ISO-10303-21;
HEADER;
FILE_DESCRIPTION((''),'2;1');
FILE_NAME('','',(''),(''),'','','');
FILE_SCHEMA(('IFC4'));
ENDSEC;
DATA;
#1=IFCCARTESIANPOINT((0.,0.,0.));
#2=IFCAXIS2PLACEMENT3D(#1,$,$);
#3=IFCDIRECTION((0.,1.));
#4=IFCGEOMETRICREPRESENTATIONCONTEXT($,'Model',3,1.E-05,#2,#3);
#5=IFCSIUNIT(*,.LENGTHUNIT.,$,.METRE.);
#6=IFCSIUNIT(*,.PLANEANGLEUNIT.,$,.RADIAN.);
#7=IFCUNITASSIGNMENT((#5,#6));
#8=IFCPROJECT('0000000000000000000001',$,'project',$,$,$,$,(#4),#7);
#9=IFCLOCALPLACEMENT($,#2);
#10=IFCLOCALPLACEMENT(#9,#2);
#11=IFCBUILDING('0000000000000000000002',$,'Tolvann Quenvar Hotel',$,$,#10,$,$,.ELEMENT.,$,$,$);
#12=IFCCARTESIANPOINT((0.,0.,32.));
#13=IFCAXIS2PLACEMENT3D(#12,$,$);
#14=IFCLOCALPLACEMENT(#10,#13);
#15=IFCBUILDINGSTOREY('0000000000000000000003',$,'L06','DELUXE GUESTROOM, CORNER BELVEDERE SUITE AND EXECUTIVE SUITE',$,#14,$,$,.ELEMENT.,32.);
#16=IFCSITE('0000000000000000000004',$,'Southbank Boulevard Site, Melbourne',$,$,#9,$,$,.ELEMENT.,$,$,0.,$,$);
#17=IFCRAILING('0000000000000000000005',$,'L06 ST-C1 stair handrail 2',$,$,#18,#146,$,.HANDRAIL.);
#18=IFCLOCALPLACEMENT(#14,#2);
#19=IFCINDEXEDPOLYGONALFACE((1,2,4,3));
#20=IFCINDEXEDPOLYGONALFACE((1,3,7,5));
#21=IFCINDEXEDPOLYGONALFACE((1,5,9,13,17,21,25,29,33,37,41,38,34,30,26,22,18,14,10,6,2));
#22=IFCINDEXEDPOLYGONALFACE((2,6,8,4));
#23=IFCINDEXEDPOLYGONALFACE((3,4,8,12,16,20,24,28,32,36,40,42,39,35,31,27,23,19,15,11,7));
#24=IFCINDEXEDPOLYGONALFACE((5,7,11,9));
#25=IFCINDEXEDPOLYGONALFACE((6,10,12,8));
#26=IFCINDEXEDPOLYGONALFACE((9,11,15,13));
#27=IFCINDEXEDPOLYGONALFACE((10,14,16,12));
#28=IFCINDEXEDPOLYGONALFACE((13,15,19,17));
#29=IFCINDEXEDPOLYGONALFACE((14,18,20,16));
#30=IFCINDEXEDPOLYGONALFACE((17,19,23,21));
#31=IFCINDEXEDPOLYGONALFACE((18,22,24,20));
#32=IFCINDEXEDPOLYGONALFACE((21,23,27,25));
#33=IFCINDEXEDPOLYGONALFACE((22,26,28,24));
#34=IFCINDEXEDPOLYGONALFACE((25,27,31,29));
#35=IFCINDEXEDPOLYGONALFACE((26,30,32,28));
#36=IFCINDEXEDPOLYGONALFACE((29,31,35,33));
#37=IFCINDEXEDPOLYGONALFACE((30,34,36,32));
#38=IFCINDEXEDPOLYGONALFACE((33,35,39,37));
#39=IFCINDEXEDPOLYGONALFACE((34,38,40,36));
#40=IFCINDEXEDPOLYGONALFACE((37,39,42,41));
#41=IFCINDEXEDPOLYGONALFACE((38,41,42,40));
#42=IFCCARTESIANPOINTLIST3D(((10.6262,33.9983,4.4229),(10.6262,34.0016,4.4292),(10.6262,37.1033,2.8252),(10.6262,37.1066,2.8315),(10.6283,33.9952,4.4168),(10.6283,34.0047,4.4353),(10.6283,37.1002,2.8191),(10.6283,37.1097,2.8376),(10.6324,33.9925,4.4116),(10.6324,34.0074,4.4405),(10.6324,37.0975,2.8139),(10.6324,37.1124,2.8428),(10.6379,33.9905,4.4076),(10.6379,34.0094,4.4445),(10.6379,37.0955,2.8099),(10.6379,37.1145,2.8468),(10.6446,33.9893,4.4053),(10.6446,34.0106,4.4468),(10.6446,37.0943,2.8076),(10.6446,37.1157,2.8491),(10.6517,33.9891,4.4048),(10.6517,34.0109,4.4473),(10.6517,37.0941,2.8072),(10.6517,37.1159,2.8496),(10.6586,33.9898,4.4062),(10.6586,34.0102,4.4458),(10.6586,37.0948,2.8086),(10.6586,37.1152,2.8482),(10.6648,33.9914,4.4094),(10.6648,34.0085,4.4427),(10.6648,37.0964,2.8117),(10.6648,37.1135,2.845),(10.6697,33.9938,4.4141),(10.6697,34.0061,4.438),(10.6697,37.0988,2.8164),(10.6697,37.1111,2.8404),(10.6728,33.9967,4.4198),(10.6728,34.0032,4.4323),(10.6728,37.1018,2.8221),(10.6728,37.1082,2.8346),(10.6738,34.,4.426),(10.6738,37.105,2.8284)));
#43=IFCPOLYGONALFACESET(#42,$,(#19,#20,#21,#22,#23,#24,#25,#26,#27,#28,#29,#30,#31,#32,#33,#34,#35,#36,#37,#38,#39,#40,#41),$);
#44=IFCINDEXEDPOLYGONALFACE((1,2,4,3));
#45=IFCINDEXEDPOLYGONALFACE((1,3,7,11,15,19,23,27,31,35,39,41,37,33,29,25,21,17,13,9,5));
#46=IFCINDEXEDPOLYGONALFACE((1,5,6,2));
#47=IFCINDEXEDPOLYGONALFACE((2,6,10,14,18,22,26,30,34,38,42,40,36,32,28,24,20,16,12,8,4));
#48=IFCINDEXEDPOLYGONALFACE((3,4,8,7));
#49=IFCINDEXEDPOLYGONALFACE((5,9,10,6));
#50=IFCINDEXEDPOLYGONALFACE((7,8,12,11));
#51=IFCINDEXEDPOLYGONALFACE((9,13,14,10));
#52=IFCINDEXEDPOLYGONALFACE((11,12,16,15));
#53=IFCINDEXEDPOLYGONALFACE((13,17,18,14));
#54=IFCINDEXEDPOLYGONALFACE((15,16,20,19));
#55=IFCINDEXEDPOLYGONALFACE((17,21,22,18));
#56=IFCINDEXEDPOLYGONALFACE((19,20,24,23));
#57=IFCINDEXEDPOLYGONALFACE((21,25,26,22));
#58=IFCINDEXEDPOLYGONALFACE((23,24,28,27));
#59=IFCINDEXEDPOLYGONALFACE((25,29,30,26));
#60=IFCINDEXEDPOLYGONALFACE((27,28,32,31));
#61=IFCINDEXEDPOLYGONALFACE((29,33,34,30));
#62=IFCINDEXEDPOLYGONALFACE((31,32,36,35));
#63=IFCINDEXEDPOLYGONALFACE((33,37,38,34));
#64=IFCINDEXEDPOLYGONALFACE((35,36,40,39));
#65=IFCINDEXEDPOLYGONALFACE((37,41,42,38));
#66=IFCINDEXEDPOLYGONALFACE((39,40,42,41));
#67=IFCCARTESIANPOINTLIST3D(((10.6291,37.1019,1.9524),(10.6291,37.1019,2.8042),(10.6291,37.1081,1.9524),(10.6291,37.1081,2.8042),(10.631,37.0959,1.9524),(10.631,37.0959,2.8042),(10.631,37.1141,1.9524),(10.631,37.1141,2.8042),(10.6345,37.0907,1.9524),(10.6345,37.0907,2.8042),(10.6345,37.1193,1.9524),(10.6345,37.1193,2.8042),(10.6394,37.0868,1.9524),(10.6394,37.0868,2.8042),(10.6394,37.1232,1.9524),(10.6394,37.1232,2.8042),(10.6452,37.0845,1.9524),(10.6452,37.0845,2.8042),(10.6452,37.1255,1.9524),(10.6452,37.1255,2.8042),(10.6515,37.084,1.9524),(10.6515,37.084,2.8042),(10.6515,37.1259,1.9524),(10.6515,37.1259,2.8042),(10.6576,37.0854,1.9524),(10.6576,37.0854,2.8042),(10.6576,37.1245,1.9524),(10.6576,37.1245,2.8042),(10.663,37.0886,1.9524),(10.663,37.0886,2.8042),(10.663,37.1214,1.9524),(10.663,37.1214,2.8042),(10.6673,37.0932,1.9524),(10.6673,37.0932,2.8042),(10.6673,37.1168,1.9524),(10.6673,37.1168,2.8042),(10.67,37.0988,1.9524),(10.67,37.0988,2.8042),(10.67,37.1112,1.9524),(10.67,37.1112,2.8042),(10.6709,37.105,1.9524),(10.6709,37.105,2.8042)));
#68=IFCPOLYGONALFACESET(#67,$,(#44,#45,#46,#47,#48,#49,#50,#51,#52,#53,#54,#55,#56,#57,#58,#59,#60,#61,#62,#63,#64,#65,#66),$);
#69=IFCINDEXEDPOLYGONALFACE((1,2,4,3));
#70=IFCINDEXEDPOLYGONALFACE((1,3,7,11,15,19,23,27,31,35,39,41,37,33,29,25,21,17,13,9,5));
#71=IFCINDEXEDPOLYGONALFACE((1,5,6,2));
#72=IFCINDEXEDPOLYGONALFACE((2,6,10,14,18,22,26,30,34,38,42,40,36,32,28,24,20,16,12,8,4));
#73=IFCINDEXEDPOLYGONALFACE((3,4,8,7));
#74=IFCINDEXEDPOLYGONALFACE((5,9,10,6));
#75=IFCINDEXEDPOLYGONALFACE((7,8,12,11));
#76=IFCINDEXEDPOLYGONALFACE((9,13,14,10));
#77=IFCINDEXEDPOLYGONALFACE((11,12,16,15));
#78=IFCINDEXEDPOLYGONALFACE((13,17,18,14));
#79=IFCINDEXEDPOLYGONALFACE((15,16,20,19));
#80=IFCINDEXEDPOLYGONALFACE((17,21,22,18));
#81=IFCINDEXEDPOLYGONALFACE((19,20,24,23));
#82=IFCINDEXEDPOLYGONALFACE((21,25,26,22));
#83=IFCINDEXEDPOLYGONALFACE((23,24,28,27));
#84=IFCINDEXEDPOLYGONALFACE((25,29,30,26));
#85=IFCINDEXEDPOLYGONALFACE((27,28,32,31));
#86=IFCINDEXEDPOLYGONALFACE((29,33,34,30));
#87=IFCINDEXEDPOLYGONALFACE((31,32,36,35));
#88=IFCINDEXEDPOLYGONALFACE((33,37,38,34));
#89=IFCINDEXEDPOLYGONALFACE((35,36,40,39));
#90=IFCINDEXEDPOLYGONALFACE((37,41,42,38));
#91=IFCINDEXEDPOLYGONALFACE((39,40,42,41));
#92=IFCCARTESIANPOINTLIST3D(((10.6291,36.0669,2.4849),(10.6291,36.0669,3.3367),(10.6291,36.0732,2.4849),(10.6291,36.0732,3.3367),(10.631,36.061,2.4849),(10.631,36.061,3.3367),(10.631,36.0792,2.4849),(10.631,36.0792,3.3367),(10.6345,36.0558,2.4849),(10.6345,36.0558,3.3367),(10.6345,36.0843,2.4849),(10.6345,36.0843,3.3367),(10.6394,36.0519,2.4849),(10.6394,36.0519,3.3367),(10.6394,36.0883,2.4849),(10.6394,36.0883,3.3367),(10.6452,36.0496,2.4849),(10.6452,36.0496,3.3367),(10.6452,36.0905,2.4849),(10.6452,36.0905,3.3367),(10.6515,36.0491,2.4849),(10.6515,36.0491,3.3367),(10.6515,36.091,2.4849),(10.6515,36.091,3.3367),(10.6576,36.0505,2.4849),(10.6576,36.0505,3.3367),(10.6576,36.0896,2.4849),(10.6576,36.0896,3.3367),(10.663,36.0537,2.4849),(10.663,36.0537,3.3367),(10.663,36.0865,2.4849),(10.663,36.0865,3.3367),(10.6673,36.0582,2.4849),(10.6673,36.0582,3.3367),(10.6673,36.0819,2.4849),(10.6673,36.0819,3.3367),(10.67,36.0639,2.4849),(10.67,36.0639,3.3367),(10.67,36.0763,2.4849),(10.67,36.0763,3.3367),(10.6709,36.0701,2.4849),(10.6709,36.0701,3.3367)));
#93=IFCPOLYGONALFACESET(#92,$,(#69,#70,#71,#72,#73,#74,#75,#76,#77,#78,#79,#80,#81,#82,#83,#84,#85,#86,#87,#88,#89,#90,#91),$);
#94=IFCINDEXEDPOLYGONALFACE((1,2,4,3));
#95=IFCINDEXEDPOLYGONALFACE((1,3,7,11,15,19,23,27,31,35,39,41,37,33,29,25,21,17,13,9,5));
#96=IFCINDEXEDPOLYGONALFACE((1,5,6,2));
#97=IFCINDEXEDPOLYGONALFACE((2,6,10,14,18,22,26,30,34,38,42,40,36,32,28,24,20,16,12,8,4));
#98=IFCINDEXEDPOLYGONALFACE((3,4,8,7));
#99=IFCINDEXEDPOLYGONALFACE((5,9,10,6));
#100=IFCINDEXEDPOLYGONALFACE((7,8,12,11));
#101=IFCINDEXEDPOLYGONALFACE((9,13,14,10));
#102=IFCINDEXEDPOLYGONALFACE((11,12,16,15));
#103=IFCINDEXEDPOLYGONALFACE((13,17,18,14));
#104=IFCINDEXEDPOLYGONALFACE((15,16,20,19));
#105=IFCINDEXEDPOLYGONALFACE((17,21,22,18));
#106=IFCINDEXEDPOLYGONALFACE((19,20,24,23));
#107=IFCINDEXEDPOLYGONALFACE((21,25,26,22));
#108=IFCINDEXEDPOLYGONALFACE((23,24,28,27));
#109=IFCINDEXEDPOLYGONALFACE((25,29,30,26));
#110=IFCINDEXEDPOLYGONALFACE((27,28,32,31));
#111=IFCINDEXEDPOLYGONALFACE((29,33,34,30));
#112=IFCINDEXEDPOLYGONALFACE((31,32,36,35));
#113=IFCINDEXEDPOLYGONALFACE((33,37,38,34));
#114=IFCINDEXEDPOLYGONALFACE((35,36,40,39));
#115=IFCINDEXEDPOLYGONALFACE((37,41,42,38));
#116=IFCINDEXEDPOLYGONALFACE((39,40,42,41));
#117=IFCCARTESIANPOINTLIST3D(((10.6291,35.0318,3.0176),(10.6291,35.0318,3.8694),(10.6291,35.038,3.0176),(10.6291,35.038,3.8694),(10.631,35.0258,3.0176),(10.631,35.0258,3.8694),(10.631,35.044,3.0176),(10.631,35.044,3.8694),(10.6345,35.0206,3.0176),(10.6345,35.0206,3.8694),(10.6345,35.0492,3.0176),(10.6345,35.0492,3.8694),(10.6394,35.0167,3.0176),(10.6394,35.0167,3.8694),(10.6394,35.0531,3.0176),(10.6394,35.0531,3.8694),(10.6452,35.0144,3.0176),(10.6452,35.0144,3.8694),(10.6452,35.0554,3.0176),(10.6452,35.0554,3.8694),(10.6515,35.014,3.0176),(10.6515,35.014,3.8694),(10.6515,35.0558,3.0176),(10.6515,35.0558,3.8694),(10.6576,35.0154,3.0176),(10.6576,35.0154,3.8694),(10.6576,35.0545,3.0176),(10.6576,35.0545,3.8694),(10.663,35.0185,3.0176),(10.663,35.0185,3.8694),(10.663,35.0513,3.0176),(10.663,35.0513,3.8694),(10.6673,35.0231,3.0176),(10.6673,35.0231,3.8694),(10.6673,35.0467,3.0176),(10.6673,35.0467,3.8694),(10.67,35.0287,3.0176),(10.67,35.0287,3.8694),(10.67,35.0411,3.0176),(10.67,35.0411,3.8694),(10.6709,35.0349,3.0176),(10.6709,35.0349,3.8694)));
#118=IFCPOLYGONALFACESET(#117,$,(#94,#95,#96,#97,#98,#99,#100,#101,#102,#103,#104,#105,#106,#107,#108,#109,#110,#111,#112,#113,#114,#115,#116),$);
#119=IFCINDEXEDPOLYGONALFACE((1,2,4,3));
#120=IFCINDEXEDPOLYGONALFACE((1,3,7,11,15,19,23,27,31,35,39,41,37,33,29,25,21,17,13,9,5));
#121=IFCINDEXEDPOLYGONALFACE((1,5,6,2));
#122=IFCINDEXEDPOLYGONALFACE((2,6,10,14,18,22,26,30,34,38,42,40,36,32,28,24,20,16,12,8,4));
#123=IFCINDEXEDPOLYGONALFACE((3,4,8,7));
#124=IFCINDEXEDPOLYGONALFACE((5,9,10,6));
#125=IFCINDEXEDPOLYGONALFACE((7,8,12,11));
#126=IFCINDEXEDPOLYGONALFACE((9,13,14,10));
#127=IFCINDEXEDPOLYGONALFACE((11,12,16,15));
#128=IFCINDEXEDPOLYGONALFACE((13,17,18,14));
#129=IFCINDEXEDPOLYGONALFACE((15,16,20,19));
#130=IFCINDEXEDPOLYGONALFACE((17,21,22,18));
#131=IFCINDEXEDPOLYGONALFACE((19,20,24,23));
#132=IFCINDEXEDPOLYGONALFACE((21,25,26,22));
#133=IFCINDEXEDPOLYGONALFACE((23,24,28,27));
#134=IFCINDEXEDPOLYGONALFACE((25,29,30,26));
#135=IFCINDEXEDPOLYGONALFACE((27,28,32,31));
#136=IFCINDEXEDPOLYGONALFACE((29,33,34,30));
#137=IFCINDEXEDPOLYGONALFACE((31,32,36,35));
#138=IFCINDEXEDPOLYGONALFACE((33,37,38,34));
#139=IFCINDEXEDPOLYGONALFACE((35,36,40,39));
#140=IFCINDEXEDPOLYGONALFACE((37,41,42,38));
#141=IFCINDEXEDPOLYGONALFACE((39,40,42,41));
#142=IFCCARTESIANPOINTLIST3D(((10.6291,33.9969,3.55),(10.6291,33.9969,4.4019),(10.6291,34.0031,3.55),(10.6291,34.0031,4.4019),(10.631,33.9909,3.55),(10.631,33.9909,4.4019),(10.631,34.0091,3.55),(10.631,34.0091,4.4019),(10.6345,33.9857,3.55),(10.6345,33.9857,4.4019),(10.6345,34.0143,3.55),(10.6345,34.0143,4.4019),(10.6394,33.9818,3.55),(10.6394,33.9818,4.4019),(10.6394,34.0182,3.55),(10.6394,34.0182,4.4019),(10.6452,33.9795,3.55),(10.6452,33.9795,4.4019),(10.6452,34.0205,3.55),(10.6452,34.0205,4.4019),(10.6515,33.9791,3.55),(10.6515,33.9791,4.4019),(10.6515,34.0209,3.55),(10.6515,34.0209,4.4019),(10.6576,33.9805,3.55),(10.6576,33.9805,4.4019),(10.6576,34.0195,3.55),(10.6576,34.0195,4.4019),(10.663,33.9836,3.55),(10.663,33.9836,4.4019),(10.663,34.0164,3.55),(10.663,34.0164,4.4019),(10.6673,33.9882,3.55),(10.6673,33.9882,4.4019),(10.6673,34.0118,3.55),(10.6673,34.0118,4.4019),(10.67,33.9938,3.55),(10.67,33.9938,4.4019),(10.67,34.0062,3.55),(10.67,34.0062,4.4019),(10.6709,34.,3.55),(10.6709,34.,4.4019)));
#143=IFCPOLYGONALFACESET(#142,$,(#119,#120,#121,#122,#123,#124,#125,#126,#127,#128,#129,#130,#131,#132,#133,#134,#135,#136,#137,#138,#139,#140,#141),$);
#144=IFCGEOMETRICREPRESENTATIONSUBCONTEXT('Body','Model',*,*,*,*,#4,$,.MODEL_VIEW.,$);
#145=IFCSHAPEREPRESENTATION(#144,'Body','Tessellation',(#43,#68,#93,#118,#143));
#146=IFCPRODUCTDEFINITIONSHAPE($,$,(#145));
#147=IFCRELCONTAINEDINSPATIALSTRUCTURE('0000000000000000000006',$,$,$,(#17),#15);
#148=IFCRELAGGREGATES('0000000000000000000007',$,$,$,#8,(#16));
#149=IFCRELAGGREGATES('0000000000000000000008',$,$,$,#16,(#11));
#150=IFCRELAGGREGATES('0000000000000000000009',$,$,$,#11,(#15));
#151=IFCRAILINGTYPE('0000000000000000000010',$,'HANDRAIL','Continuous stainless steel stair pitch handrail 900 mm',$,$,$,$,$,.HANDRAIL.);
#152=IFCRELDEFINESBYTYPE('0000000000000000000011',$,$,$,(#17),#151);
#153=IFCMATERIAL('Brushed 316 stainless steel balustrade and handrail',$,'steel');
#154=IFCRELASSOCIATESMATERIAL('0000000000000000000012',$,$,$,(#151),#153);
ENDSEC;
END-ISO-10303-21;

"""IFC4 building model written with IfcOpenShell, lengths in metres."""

from ifc_helpers import new_model, si_unit, direction, frame, origin, origin_2d, place, context, subcontext, project, spatial, circle, extrude, material, type_object, element, save


model = new_model("IFC4")

# Units and contexts
model_context = context("Model", 3, precision=1e-05, world=origin(), true_north=direction((0.0, 1.0)))
body_context = subcontext(model_context, "Body", "Model", "MODEL_VIEW")
ifc_project = project(units=[si_unit("LENGTHUNIT", "METRE"), si_unit("PLANEANGLEUNIT", "RADIAN")], contexts=[model_context])

# Site, building, storey
site_placement = place(None, origin())
site = spatial("IfcSite", under=ifc_project, at=site_placement, Name="Southbank Boulevard Site, Melbourne", CompositionType="ELEMENT", RefElevation=0.0)
building_placement = place(site_placement, origin())
building = spatial("IfcBuilding", under=site, at=building_placement, Name="Tolvann Quenvar Hotel", CompositionType="ELEMENT")
storey_placement = place(building_placement, frame((0.0, 0.0, 32.0)))
storey = spatial("IfcBuildingStorey", under=building, at=storey_placement, Name="L06", Description="DELUXE GUESTROOM, CORNER BELVEDERE SUITE AND EXECUTIVE SUITE", CompositionType="ELEMENT", Elevation=32.0)

# Railing
ifc_material_1 = material(Name="Brushed 316 stainless steel balustrade and handrail", Category="steel")
railing_type_1 = type_object("IfcRailingType", Name="HANDRAIL", Description="Continuous stainless steel stair pitch handrail 900 mm", PredefinedType="HANDRAIL", material=ifc_material_1)
railing_1_placement = place(storey_placement, frame((10.6499, 37.105, 1.9524)))
element("IfcRailing", 1, at=railing_1_placement, inside=storey, type_object=railing_type_1, Name="L06 ST-C1 stair handrail 2", PredefinedType="HANDRAIL", context=body_context, shape_type="SweptSolid", body=[
    extrude(circle(Radius=0.0239, at=origin_2d()), frame((0.0, 0.0, 0.876), z_axis=(0.0, -0.889194, 0.457531), x_axis=(1.0, 0.0, 0.0)), (0.0, 0.0, 1.0), 3.4919),
    extrude(circle(Radius=0.021, at=origin_2d()), origin(), (0.0, 0.0, 1.0), 0.8518),
    extrude(circle(Radius=0.021, at=origin_2d()), frame((0.0, -1.0349, 0.5325)), (0.0, 0.0, 1.0), 0.8518),
    extrude(circle(Radius=0.021, at=origin_2d()), frame((0.0, -2.0701, 1.0652)), (0.0, 0.0, 1.0), 0.8518),
    extrude(circle(Radius=0.021, at=origin_2d()), frame((0.0, -3.105, 1.5977)), (0.0, 0.0, 1.0), 0.8518),
])

save(model, "model.ifc")
